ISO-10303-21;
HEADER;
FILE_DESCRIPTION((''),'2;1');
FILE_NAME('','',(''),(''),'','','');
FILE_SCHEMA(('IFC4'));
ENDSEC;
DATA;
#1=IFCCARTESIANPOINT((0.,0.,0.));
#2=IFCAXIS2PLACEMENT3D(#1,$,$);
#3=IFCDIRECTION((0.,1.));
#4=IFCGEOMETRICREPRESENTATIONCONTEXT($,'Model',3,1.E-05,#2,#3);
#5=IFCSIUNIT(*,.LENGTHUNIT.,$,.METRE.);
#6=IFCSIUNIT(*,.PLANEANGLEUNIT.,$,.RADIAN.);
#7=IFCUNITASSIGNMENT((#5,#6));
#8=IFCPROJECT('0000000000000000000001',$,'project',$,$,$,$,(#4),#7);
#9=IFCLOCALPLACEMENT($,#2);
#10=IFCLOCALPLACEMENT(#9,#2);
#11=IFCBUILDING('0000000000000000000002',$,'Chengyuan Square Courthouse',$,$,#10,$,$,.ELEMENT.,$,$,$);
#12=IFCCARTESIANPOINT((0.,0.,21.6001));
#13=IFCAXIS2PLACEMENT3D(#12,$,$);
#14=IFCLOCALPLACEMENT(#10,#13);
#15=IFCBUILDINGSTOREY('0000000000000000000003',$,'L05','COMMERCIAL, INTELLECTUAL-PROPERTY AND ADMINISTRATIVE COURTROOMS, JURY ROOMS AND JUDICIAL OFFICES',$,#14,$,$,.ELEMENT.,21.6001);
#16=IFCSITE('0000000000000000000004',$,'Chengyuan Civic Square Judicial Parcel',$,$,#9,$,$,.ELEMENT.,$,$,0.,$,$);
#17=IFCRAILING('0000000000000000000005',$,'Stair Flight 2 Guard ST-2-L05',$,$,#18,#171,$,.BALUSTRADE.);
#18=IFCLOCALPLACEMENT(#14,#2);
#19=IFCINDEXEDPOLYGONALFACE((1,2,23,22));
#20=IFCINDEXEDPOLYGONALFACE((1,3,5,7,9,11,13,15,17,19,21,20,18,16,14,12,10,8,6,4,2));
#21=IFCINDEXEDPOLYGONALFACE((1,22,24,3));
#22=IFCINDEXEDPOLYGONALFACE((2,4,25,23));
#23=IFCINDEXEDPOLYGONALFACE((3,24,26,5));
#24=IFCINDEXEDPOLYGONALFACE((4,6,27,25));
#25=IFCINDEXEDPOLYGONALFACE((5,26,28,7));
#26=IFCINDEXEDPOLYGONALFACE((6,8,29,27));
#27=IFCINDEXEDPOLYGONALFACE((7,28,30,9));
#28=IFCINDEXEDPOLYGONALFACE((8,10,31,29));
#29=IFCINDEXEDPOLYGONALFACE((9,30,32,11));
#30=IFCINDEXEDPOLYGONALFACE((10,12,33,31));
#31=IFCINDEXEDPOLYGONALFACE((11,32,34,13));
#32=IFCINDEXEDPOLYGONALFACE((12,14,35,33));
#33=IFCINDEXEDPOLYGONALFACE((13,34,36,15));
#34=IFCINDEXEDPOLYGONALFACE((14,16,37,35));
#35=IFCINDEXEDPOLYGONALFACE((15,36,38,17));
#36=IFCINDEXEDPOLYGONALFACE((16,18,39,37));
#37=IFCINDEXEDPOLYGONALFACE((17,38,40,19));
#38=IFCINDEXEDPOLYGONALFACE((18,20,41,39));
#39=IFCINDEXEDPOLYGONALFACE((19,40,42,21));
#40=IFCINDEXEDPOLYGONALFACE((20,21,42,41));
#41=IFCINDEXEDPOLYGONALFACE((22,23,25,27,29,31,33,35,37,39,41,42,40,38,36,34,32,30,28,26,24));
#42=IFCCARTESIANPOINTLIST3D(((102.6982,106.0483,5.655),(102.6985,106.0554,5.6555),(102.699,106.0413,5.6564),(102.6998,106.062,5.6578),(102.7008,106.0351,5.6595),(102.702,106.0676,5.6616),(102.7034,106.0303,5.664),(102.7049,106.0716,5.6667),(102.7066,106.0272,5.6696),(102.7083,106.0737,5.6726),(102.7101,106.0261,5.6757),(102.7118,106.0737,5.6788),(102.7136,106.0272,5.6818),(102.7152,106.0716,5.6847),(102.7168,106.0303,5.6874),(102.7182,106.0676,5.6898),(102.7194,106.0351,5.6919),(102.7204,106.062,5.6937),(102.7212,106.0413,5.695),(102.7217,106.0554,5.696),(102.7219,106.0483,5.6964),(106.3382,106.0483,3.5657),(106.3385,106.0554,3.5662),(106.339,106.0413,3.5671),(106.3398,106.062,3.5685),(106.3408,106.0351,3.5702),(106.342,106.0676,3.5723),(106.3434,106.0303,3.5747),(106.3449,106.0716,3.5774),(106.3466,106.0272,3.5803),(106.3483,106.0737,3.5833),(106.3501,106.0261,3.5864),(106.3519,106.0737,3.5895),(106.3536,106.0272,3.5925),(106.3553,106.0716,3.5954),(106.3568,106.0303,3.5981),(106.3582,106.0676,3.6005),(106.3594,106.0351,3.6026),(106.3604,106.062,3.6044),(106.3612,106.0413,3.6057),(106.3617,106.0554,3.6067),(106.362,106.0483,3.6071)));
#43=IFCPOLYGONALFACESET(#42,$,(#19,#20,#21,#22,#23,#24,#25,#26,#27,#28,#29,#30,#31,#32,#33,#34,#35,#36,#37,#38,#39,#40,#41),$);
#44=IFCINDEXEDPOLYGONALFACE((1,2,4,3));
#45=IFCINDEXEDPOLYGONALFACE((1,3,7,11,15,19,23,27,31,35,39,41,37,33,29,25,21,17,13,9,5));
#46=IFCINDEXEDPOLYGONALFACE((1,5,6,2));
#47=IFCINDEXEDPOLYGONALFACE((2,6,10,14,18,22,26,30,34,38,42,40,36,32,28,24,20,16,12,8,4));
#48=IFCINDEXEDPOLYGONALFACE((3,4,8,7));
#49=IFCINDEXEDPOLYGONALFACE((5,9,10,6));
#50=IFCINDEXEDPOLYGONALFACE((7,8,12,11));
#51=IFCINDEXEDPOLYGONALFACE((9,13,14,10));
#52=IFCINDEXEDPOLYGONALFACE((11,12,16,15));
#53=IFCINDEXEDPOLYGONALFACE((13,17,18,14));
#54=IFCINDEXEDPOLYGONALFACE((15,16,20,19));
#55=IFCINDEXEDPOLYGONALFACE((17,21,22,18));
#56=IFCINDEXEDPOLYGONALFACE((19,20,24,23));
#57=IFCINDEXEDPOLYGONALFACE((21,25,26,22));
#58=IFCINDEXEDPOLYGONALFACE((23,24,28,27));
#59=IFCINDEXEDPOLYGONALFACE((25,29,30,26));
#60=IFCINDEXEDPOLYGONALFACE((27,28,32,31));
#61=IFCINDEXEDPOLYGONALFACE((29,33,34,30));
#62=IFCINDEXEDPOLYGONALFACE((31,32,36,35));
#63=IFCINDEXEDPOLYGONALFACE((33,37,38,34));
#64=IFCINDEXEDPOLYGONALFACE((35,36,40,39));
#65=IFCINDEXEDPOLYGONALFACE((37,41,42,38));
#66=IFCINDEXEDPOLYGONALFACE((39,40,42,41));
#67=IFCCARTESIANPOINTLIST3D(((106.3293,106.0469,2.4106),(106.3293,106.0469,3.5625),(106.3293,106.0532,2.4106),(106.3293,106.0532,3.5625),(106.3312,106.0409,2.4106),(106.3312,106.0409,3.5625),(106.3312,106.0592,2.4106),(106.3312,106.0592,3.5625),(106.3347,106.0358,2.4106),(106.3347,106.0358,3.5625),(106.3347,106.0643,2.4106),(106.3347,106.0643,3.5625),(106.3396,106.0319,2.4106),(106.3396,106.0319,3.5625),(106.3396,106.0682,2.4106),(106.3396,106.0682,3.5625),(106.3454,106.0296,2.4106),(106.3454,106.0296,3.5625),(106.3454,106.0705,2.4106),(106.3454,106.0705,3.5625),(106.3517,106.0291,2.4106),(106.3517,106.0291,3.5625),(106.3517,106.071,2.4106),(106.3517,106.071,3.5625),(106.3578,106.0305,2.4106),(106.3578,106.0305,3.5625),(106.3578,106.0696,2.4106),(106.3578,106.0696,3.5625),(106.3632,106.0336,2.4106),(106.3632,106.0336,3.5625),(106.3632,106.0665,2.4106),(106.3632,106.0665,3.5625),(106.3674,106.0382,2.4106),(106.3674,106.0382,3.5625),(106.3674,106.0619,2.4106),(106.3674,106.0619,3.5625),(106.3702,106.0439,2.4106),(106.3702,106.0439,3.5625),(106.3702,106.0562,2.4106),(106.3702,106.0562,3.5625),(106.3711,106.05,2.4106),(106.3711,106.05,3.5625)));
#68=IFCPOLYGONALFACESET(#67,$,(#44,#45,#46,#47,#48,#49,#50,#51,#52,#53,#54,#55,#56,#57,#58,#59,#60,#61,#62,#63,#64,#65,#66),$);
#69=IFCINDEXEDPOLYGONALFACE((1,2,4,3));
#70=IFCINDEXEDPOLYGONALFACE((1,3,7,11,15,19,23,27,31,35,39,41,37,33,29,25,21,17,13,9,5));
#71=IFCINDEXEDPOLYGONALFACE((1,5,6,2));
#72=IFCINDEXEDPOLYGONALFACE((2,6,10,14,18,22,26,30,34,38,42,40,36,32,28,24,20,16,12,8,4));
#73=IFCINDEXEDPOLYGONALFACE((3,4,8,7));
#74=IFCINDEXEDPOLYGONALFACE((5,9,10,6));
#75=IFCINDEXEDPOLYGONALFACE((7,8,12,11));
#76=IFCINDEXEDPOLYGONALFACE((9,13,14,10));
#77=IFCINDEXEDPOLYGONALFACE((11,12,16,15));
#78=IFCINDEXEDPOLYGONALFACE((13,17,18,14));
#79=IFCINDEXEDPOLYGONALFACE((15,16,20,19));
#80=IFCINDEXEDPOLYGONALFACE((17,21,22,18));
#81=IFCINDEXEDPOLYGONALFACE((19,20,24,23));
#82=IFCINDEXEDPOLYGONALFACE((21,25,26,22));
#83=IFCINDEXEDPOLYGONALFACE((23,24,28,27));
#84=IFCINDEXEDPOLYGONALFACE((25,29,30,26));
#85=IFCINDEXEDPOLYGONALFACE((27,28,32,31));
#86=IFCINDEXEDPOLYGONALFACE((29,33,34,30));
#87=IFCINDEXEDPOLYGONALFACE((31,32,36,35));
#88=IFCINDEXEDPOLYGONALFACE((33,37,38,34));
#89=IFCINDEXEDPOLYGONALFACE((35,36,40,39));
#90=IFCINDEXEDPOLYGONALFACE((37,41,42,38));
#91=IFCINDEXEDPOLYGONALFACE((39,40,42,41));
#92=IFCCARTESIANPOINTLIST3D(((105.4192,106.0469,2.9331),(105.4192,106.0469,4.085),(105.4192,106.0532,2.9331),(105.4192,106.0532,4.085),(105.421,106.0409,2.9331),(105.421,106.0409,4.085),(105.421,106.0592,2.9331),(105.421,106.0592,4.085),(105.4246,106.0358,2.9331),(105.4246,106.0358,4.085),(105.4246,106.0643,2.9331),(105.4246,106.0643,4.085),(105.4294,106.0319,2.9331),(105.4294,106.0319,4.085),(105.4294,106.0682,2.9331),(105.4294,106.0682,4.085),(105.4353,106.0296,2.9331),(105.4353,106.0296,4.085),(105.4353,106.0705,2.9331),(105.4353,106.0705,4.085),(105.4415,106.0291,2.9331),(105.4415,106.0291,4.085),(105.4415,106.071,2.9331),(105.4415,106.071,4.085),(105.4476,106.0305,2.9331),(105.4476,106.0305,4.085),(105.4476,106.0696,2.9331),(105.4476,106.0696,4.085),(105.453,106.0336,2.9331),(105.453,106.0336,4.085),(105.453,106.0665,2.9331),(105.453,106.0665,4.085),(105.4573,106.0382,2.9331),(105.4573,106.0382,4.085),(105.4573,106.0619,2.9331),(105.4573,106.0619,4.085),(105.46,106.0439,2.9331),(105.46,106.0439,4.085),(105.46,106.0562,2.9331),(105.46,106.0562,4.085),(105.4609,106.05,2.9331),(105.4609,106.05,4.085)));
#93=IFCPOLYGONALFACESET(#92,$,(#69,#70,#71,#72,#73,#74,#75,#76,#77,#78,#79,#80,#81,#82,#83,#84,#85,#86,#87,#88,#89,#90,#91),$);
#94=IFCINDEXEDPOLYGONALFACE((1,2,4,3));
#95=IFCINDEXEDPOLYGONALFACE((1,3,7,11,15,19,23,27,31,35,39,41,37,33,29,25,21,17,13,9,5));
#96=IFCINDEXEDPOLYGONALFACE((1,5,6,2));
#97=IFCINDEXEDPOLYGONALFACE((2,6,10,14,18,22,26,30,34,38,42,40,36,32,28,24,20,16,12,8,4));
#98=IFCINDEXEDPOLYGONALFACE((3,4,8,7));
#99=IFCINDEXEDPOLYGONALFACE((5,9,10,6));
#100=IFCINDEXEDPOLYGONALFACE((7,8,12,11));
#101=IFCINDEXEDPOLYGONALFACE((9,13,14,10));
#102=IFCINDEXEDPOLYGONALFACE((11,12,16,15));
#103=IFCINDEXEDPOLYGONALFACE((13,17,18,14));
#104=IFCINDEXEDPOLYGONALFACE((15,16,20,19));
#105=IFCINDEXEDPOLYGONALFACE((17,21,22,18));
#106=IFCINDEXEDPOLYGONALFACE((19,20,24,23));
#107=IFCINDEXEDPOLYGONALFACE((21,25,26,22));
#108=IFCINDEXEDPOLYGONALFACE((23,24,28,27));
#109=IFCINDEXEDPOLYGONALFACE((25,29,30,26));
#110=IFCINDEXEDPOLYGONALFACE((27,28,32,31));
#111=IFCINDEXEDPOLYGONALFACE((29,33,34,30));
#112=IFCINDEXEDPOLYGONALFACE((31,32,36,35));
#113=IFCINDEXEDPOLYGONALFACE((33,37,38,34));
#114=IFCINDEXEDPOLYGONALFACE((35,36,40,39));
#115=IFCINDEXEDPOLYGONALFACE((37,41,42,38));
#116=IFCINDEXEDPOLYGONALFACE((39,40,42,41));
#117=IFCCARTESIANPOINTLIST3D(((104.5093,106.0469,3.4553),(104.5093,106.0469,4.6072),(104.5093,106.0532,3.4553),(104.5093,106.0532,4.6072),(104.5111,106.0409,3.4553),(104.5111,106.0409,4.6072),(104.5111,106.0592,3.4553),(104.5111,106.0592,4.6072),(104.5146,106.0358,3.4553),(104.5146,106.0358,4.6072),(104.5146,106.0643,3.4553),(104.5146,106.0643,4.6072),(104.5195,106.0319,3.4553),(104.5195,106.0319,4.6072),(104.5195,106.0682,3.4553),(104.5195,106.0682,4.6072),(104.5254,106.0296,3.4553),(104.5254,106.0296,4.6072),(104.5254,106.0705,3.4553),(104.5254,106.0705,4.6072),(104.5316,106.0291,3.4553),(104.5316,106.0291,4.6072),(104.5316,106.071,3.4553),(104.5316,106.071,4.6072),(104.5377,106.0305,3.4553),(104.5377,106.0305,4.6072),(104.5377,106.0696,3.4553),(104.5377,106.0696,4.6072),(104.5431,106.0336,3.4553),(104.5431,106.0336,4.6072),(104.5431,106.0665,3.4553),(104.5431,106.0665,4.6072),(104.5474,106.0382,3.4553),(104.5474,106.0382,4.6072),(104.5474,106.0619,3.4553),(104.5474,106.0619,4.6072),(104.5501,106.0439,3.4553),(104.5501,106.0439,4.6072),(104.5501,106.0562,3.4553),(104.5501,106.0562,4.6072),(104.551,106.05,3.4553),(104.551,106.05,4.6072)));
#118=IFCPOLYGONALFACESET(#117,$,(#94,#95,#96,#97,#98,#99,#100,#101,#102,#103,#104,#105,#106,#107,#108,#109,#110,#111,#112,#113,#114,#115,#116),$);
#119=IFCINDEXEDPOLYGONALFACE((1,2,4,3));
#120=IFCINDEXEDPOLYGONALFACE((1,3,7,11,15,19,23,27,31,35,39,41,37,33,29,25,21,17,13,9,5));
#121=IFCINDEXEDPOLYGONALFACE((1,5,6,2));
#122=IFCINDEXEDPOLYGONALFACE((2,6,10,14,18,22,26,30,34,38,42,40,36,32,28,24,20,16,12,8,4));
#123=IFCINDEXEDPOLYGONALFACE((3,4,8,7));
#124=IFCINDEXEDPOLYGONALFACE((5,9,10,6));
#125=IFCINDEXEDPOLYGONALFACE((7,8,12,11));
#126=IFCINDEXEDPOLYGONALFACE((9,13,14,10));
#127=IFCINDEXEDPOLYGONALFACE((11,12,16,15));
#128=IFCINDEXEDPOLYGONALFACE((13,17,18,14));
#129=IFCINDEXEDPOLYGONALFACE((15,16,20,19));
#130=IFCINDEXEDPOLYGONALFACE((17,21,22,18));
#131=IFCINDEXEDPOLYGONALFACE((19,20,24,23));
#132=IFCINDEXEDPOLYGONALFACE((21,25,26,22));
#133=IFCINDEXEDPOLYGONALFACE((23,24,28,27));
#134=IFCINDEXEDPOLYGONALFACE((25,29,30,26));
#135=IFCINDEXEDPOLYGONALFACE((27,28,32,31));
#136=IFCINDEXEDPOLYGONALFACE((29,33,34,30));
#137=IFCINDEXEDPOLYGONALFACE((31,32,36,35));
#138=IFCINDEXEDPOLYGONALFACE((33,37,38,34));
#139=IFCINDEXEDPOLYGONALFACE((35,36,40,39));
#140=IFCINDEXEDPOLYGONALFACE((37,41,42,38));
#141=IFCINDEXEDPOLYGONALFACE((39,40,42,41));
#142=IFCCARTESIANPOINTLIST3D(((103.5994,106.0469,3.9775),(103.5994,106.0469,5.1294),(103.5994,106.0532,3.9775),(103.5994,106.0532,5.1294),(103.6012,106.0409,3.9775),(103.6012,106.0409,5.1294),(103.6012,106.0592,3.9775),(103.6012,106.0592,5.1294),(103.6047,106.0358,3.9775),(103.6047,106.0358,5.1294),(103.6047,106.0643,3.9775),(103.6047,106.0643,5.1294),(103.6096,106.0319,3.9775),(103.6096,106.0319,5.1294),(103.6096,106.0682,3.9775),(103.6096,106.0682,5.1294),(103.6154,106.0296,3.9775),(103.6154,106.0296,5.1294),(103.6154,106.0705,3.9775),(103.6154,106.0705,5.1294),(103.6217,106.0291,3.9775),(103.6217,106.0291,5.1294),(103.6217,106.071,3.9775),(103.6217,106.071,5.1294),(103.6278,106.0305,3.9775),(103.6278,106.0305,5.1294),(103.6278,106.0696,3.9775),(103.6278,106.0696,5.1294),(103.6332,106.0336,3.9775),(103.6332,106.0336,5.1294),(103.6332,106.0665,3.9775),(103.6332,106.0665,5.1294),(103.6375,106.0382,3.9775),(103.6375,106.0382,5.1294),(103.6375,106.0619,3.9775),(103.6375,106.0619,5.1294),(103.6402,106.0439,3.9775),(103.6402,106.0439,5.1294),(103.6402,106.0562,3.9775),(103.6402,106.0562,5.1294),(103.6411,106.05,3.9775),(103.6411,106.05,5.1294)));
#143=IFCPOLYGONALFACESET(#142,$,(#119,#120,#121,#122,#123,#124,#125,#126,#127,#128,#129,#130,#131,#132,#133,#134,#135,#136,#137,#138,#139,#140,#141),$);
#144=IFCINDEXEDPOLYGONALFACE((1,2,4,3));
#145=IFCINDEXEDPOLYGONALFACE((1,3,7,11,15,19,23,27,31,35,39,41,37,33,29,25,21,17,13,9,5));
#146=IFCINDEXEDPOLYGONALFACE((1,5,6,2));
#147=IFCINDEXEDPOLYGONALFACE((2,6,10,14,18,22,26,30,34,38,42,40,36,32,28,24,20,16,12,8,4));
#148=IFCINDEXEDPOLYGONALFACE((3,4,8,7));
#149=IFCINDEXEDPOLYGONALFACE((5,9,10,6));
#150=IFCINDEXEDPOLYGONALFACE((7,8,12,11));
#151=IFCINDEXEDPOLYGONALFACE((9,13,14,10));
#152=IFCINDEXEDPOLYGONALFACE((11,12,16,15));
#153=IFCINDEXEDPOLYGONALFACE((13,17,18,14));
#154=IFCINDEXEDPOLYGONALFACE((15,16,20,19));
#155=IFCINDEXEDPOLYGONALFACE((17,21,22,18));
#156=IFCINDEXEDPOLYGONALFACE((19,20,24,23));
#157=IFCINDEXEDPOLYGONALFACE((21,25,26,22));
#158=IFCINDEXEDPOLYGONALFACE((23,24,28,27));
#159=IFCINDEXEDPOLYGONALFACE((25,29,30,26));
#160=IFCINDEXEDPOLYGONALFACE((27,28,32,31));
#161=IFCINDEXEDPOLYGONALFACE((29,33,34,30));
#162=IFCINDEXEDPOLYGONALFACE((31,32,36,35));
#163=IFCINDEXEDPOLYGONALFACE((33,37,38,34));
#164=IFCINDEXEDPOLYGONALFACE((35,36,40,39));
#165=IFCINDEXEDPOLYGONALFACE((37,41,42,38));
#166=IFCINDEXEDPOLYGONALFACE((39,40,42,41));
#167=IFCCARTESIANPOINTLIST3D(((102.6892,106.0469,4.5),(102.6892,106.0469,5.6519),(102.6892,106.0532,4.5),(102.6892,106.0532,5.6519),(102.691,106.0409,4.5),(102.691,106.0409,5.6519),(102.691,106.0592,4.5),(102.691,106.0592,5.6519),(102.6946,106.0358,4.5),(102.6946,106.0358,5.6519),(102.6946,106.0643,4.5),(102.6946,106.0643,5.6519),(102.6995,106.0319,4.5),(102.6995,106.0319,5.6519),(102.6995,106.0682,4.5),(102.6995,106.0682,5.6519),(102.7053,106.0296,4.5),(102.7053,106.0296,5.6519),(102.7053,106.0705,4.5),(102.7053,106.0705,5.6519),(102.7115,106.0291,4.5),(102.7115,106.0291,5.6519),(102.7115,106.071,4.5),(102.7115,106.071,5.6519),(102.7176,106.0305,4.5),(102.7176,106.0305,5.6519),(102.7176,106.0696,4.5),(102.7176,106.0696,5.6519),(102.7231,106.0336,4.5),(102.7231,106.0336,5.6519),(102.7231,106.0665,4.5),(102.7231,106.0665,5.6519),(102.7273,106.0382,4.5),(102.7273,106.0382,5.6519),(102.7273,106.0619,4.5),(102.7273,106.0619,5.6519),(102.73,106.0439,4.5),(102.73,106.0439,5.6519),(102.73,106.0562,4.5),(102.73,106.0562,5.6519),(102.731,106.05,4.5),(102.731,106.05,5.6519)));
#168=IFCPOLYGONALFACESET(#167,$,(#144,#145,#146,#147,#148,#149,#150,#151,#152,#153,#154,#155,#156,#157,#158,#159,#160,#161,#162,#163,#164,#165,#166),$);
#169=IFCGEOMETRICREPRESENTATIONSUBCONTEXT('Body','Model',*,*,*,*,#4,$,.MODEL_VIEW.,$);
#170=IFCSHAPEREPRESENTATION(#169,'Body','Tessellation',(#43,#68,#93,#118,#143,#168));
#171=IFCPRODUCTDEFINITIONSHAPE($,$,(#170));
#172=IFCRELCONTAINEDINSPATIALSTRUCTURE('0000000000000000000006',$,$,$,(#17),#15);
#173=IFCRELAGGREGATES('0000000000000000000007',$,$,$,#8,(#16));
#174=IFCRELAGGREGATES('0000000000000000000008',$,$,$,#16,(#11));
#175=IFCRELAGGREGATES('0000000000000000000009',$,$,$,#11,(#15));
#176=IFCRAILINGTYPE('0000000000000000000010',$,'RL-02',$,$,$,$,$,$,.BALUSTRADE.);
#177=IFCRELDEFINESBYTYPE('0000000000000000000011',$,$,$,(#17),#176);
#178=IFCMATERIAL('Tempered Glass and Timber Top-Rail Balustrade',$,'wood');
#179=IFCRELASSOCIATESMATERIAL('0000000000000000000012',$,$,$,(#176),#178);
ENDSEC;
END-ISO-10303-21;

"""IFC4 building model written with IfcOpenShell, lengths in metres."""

from ifc_helpers import new_model, si_unit, direction, frame, origin, origin_2d, place, context, subcontext, project, spatial, circle, extrude, material, type_object, element, save


model = new_model("IFC4")

# Units and contexts
model_context = context("Model", 3, precision=1e-05, world=origin(), true_north=direction((0.0, 1.0)))
body_context = subcontext(model_context, "Body", "Model", "MODEL_VIEW")
ifc_project = project(units=[si_unit("LENGTHUNIT", "METRE"), si_unit("PLANEANGLEUNIT", "RADIAN")], contexts=[model_context])

# Site, building, storey
site_placement = place(None, origin())
site = spatial("IfcSite", under=ifc_project, at=site_placement, Name="Chengyuan Civic Square Judicial Parcel", CompositionType="ELEMENT", RefElevation=0.0)
building_placement = place(site_placement, origin())
building = spatial("IfcBuilding", under=site, at=building_placement, Name="Chengyuan Square Courthouse", CompositionType="ELEMENT")
storey_placement = place(building_placement, frame((0.0, 0.0, 21.6001)))
storey = spatial("IfcBuildingStorey", under=building, at=storey_placement, Name="L05", Description="COMMERCIAL, INTELLECTUAL-PROPERTY AND ADMINISTRATIVE COURTROOMS, JURY ROOMS AND JUDICIAL OFFICES", CompositionType="ELEMENT", Elevation=21.6001)

# Railing
ifc_material_1 = material(Name="Tempered Glass and Timber Top-Rail Balustrade", Category="wood")
railing_type_1 = type_object("IfcRailingType", Name="RL-02", PredefinedType="BALUSTRADE", material=ifc_material_1)
railing_1_placement = place(storey_placement, frame((106.3501, 106.05, 2.4106)))
element("IfcRailing", 1, at=railing_1_placement, inside=storey, type_object=railing_type_1, Name="Stair Flight 2 Guard ST-2-L05", PredefinedType="BALUSTRADE", context=body_context, shape_type="SweptSolid", body=[
    extrude(circle(Radius=0.0239, at=origin_2d()), frame((0.0, 0.0, 1.1758), z_axis=(-0.867289, 0.0, 0.497804), x_axis=(0.0, -1.0, 0.0)), (0.0, 0.0, 1.0), 4.197),
    extrude(circle(Radius=0.021, at=origin_2d()), origin(), (0.0, 0.0, 1.0), 1.1519),
    extrude(circle(Radius=0.021, at=origin_2d()), frame((-0.9102, 0.0, 0.5225)), (0.0, 0.0, 1.0), 1.1519),
    extrude(circle(Radius=0.021, at=origin_2d()), frame((-1.8201, 0.0, 1.0447)), (0.0, 0.0, 1.0), 1.1519),
    extrude(circle(Radius=0.021, at=origin_2d()), frame((-2.73, 0.0, 1.5669)), (0.0, 0.0, 1.0), 1.1519),
    extrude(circle(Radius=0.021, at=origin_2d()), frame((-3.6401, 0.0, 2.0894)), (0.0, 0.0, 1.0), 1.1519),
])

save(model, "model.ifc")
